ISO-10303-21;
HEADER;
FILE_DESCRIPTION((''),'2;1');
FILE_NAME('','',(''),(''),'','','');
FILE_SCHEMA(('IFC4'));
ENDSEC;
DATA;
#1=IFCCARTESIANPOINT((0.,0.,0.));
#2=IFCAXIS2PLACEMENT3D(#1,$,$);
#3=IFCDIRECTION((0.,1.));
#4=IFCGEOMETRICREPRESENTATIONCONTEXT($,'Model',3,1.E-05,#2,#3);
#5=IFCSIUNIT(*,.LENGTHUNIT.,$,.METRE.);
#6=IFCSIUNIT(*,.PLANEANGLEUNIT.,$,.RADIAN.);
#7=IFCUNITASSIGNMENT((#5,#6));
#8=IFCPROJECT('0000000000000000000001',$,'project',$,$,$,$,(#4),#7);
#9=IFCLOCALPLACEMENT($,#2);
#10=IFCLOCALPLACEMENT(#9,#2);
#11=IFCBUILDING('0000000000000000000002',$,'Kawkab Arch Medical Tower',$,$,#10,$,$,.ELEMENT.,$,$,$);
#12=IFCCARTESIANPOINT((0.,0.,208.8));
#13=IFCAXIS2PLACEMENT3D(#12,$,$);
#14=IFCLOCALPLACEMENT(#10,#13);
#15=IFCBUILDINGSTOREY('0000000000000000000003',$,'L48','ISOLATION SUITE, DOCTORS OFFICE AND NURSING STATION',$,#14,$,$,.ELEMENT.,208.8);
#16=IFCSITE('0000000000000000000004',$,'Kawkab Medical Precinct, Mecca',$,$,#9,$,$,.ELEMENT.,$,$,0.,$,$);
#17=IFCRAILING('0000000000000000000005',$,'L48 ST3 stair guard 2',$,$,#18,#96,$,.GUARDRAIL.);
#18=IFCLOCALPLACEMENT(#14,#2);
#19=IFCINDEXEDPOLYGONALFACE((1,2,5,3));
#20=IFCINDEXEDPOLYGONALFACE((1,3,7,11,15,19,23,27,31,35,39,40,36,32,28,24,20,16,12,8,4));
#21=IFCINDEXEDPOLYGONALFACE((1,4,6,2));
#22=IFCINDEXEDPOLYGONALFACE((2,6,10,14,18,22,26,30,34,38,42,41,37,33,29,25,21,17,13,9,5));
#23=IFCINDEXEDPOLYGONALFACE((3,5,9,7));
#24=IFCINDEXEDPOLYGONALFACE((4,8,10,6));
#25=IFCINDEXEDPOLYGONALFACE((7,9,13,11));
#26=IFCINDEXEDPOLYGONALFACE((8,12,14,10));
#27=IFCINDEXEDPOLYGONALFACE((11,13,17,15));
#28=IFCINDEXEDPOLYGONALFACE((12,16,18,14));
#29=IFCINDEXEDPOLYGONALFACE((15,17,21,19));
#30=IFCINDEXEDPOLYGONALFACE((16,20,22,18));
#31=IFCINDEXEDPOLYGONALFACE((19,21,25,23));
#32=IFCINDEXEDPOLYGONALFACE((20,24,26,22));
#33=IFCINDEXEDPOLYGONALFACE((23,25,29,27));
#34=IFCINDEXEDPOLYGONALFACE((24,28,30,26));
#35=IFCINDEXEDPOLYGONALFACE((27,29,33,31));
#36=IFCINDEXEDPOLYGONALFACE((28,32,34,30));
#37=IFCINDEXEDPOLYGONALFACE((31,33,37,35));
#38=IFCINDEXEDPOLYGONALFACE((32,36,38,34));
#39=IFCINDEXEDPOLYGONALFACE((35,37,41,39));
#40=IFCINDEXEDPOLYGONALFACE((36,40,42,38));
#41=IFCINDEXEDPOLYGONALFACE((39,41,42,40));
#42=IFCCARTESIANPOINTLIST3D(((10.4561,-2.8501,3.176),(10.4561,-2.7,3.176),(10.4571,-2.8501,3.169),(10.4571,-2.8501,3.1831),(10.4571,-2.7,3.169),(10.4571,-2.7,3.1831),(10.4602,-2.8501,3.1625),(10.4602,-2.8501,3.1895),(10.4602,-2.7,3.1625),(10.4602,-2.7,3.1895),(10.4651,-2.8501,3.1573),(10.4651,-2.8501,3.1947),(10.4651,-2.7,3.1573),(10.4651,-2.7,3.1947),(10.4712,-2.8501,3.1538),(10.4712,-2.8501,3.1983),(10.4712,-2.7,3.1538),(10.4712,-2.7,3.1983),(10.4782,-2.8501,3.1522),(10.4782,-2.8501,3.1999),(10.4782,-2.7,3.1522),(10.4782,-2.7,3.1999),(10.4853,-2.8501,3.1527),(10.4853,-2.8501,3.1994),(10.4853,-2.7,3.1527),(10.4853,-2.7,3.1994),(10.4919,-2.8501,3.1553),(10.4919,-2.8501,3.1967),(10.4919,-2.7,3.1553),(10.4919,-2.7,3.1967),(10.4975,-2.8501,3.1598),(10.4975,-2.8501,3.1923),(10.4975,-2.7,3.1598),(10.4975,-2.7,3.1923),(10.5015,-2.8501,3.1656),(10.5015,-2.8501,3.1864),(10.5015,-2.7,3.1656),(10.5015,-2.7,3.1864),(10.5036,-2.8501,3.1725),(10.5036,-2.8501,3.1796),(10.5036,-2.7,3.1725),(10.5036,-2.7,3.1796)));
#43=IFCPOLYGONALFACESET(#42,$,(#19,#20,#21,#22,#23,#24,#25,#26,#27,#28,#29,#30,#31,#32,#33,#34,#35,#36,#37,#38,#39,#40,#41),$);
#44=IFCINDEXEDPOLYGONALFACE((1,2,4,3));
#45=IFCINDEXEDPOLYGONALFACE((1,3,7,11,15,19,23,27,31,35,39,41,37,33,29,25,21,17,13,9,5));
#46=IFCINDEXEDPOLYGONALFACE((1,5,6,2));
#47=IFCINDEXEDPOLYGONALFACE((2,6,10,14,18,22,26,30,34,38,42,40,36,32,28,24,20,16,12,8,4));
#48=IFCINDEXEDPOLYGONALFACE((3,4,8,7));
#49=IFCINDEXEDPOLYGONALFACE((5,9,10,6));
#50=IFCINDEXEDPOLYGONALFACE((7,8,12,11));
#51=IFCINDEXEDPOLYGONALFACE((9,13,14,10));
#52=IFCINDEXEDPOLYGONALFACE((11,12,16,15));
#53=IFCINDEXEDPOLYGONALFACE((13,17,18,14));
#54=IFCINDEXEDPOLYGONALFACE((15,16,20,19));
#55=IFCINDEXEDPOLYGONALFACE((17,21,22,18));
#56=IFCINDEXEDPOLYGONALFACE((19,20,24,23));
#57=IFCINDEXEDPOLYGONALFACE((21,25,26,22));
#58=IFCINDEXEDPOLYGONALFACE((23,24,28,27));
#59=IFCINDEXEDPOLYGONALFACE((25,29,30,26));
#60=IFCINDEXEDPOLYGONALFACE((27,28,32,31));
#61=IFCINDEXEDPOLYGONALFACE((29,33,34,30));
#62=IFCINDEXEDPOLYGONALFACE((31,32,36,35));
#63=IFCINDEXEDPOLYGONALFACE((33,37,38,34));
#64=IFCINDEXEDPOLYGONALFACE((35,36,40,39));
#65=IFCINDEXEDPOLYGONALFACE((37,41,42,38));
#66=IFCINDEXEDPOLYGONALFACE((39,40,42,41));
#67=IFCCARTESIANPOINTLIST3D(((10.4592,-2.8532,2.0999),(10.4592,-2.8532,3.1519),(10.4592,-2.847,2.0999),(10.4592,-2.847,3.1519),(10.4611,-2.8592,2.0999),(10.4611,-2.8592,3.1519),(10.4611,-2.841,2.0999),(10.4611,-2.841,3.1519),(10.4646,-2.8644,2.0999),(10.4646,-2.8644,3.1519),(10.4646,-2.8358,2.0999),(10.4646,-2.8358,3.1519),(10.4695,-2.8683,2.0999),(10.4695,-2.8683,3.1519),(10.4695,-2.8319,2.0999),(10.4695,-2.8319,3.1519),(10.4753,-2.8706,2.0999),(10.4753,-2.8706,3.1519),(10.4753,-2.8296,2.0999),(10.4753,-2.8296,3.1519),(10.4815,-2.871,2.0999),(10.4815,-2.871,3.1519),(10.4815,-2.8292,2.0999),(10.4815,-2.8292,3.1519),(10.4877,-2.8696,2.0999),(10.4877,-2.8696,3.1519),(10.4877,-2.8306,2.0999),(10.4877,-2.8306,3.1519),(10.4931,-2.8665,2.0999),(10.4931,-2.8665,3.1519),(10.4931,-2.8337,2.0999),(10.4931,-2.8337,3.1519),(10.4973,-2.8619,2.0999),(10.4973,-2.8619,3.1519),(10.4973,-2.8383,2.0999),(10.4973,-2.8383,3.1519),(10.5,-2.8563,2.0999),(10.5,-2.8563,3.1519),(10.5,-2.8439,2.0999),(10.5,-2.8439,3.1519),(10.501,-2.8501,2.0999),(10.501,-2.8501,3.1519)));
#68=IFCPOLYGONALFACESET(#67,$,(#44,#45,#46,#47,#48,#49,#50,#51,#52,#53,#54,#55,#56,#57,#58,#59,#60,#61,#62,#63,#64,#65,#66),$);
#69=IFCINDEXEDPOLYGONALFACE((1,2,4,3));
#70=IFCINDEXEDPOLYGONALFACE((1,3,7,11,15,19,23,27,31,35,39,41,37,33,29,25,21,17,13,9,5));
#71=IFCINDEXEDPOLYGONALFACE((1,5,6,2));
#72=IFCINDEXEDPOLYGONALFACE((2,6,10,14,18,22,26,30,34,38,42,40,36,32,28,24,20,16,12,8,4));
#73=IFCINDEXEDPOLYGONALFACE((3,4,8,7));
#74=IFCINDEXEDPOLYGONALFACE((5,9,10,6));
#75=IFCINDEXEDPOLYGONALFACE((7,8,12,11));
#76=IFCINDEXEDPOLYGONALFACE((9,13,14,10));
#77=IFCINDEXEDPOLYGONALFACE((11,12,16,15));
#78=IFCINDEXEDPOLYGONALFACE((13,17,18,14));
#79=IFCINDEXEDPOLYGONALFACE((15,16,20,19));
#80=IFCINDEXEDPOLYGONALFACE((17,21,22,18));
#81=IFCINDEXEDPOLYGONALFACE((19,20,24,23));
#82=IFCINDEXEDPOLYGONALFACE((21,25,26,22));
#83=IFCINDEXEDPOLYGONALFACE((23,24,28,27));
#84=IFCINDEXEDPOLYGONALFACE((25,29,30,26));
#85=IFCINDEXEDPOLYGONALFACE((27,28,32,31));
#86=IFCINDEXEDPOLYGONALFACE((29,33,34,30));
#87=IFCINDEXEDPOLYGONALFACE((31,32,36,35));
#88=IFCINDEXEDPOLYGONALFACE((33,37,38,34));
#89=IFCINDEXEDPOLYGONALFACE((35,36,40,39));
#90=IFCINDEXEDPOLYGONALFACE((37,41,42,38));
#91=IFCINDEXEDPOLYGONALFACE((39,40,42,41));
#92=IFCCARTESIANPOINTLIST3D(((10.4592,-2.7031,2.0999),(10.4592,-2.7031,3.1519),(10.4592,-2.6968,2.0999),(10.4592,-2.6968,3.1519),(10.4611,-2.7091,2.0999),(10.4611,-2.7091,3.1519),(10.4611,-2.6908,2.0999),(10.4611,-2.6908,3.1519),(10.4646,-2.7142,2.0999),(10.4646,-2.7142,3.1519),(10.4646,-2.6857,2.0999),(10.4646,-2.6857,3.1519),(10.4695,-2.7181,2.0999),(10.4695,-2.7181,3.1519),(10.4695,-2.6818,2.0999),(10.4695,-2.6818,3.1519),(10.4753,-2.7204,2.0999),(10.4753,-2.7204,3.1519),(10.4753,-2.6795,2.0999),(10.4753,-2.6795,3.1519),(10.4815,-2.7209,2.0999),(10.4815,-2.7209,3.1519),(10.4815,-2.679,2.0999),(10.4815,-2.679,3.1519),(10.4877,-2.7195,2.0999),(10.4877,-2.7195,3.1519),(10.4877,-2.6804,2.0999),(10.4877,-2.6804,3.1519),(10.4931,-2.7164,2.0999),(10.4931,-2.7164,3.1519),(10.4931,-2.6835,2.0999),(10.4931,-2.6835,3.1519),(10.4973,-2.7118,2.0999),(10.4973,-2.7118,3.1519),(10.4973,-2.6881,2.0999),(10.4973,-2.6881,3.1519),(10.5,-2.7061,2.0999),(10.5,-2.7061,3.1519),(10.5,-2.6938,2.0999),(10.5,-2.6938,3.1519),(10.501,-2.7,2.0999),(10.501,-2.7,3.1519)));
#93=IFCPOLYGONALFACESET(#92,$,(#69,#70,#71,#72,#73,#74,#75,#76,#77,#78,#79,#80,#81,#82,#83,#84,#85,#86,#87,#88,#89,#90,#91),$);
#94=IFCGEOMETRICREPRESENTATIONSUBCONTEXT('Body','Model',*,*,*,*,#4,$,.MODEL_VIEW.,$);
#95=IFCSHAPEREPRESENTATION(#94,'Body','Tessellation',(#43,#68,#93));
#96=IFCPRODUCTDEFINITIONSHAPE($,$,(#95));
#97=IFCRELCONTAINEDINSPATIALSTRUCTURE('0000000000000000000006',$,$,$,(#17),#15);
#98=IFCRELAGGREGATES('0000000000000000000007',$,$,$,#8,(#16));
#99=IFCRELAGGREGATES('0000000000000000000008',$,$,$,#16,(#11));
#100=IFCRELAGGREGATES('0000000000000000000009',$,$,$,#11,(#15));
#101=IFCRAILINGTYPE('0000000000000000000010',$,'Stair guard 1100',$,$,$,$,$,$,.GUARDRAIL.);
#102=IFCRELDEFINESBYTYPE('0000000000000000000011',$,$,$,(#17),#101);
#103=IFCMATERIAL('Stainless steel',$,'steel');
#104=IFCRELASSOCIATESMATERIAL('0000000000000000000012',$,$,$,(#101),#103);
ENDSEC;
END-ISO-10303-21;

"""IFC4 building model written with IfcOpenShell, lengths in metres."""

from ifc_helpers import new_model, si_unit, direction, frame, origin, origin_2d, place, context, subcontext, project, spatial, circle, extrude, material, type_object, element, save


model = new_model("IFC4")

# Units and contexts
model_context = context("Model", 3, precision=1e-05, world=origin(), true_north=direction((0.0, 1.0)))
body_context = subcontext(model_context, "Body", "Model", "MODEL_VIEW")
ifc_project = project(units=[si_unit("LENGTHUNIT", "METRE"), si_unit("PLANEANGLEUNIT", "RADIAN")], contexts=[model_context])

# Site, building, storey
site_placement = place(None, origin())
site = spatial("IfcSite", under=ifc_project, at=site_placement, Name="Kawkab Medical Precinct, Mecca", CompositionType="ELEMENT", RefElevation=0.0)
building_placement = place(site_placement, origin())
building = spatial("IfcBuilding", under=site, at=building_placement, Name="Kawkab Arch Medical Tower", CompositionType="ELEMENT")
storey_placement = place(building_placement, frame((0.0, 0.0, 208.8)))
storey = spatial("IfcBuildingStorey", under=building, at=storey_placement, Name="L48", Description="ISOLATION SUITE, DOCTORS OFFICE AND NURSING STATION", CompositionType="ELEMENT", Elevation=208.8)

# Railing
ifc_material_1 = material(Name="Stainless steel", Category="steel")
railing_type_1 = type_object("IfcRailingType", Name="Stair guard 1100", PredefinedType="GUARDRAIL", material=ifc_material_1)
railing_1_placement = place(storey_placement, frame((10.48, -2.8501, 2.0999)))
element("IfcRailing", 1, at=railing_1_placement, inside=storey, type_object=railing_type_1, Name="L48 ST3 stair guard 2", PredefinedType="GUARDRAIL", context=body_context, shape_type="SweptSolid", body=[
    extrude(circle(Radius=0.0239, at=origin_2d()), frame((0.0, 0.0, 1.0762), z_axis=(0.0, 1.0, 0.0), x_axis=(-1.0, 0.0, 0.0)), (0.0, 0.0, 1.0), 0.1501),
    extrude(circle(Radius=0.021, at=origin_2d()), origin(), (0.0, 0.0, 1.0), 1.052),
    extrude(circle(Radius=0.021, at=origin_2d()), frame((0.0, 0.1501, 0.0)), (0.0, 0.0, 1.0), 1.052),
])

save(model, "model.ifc")
